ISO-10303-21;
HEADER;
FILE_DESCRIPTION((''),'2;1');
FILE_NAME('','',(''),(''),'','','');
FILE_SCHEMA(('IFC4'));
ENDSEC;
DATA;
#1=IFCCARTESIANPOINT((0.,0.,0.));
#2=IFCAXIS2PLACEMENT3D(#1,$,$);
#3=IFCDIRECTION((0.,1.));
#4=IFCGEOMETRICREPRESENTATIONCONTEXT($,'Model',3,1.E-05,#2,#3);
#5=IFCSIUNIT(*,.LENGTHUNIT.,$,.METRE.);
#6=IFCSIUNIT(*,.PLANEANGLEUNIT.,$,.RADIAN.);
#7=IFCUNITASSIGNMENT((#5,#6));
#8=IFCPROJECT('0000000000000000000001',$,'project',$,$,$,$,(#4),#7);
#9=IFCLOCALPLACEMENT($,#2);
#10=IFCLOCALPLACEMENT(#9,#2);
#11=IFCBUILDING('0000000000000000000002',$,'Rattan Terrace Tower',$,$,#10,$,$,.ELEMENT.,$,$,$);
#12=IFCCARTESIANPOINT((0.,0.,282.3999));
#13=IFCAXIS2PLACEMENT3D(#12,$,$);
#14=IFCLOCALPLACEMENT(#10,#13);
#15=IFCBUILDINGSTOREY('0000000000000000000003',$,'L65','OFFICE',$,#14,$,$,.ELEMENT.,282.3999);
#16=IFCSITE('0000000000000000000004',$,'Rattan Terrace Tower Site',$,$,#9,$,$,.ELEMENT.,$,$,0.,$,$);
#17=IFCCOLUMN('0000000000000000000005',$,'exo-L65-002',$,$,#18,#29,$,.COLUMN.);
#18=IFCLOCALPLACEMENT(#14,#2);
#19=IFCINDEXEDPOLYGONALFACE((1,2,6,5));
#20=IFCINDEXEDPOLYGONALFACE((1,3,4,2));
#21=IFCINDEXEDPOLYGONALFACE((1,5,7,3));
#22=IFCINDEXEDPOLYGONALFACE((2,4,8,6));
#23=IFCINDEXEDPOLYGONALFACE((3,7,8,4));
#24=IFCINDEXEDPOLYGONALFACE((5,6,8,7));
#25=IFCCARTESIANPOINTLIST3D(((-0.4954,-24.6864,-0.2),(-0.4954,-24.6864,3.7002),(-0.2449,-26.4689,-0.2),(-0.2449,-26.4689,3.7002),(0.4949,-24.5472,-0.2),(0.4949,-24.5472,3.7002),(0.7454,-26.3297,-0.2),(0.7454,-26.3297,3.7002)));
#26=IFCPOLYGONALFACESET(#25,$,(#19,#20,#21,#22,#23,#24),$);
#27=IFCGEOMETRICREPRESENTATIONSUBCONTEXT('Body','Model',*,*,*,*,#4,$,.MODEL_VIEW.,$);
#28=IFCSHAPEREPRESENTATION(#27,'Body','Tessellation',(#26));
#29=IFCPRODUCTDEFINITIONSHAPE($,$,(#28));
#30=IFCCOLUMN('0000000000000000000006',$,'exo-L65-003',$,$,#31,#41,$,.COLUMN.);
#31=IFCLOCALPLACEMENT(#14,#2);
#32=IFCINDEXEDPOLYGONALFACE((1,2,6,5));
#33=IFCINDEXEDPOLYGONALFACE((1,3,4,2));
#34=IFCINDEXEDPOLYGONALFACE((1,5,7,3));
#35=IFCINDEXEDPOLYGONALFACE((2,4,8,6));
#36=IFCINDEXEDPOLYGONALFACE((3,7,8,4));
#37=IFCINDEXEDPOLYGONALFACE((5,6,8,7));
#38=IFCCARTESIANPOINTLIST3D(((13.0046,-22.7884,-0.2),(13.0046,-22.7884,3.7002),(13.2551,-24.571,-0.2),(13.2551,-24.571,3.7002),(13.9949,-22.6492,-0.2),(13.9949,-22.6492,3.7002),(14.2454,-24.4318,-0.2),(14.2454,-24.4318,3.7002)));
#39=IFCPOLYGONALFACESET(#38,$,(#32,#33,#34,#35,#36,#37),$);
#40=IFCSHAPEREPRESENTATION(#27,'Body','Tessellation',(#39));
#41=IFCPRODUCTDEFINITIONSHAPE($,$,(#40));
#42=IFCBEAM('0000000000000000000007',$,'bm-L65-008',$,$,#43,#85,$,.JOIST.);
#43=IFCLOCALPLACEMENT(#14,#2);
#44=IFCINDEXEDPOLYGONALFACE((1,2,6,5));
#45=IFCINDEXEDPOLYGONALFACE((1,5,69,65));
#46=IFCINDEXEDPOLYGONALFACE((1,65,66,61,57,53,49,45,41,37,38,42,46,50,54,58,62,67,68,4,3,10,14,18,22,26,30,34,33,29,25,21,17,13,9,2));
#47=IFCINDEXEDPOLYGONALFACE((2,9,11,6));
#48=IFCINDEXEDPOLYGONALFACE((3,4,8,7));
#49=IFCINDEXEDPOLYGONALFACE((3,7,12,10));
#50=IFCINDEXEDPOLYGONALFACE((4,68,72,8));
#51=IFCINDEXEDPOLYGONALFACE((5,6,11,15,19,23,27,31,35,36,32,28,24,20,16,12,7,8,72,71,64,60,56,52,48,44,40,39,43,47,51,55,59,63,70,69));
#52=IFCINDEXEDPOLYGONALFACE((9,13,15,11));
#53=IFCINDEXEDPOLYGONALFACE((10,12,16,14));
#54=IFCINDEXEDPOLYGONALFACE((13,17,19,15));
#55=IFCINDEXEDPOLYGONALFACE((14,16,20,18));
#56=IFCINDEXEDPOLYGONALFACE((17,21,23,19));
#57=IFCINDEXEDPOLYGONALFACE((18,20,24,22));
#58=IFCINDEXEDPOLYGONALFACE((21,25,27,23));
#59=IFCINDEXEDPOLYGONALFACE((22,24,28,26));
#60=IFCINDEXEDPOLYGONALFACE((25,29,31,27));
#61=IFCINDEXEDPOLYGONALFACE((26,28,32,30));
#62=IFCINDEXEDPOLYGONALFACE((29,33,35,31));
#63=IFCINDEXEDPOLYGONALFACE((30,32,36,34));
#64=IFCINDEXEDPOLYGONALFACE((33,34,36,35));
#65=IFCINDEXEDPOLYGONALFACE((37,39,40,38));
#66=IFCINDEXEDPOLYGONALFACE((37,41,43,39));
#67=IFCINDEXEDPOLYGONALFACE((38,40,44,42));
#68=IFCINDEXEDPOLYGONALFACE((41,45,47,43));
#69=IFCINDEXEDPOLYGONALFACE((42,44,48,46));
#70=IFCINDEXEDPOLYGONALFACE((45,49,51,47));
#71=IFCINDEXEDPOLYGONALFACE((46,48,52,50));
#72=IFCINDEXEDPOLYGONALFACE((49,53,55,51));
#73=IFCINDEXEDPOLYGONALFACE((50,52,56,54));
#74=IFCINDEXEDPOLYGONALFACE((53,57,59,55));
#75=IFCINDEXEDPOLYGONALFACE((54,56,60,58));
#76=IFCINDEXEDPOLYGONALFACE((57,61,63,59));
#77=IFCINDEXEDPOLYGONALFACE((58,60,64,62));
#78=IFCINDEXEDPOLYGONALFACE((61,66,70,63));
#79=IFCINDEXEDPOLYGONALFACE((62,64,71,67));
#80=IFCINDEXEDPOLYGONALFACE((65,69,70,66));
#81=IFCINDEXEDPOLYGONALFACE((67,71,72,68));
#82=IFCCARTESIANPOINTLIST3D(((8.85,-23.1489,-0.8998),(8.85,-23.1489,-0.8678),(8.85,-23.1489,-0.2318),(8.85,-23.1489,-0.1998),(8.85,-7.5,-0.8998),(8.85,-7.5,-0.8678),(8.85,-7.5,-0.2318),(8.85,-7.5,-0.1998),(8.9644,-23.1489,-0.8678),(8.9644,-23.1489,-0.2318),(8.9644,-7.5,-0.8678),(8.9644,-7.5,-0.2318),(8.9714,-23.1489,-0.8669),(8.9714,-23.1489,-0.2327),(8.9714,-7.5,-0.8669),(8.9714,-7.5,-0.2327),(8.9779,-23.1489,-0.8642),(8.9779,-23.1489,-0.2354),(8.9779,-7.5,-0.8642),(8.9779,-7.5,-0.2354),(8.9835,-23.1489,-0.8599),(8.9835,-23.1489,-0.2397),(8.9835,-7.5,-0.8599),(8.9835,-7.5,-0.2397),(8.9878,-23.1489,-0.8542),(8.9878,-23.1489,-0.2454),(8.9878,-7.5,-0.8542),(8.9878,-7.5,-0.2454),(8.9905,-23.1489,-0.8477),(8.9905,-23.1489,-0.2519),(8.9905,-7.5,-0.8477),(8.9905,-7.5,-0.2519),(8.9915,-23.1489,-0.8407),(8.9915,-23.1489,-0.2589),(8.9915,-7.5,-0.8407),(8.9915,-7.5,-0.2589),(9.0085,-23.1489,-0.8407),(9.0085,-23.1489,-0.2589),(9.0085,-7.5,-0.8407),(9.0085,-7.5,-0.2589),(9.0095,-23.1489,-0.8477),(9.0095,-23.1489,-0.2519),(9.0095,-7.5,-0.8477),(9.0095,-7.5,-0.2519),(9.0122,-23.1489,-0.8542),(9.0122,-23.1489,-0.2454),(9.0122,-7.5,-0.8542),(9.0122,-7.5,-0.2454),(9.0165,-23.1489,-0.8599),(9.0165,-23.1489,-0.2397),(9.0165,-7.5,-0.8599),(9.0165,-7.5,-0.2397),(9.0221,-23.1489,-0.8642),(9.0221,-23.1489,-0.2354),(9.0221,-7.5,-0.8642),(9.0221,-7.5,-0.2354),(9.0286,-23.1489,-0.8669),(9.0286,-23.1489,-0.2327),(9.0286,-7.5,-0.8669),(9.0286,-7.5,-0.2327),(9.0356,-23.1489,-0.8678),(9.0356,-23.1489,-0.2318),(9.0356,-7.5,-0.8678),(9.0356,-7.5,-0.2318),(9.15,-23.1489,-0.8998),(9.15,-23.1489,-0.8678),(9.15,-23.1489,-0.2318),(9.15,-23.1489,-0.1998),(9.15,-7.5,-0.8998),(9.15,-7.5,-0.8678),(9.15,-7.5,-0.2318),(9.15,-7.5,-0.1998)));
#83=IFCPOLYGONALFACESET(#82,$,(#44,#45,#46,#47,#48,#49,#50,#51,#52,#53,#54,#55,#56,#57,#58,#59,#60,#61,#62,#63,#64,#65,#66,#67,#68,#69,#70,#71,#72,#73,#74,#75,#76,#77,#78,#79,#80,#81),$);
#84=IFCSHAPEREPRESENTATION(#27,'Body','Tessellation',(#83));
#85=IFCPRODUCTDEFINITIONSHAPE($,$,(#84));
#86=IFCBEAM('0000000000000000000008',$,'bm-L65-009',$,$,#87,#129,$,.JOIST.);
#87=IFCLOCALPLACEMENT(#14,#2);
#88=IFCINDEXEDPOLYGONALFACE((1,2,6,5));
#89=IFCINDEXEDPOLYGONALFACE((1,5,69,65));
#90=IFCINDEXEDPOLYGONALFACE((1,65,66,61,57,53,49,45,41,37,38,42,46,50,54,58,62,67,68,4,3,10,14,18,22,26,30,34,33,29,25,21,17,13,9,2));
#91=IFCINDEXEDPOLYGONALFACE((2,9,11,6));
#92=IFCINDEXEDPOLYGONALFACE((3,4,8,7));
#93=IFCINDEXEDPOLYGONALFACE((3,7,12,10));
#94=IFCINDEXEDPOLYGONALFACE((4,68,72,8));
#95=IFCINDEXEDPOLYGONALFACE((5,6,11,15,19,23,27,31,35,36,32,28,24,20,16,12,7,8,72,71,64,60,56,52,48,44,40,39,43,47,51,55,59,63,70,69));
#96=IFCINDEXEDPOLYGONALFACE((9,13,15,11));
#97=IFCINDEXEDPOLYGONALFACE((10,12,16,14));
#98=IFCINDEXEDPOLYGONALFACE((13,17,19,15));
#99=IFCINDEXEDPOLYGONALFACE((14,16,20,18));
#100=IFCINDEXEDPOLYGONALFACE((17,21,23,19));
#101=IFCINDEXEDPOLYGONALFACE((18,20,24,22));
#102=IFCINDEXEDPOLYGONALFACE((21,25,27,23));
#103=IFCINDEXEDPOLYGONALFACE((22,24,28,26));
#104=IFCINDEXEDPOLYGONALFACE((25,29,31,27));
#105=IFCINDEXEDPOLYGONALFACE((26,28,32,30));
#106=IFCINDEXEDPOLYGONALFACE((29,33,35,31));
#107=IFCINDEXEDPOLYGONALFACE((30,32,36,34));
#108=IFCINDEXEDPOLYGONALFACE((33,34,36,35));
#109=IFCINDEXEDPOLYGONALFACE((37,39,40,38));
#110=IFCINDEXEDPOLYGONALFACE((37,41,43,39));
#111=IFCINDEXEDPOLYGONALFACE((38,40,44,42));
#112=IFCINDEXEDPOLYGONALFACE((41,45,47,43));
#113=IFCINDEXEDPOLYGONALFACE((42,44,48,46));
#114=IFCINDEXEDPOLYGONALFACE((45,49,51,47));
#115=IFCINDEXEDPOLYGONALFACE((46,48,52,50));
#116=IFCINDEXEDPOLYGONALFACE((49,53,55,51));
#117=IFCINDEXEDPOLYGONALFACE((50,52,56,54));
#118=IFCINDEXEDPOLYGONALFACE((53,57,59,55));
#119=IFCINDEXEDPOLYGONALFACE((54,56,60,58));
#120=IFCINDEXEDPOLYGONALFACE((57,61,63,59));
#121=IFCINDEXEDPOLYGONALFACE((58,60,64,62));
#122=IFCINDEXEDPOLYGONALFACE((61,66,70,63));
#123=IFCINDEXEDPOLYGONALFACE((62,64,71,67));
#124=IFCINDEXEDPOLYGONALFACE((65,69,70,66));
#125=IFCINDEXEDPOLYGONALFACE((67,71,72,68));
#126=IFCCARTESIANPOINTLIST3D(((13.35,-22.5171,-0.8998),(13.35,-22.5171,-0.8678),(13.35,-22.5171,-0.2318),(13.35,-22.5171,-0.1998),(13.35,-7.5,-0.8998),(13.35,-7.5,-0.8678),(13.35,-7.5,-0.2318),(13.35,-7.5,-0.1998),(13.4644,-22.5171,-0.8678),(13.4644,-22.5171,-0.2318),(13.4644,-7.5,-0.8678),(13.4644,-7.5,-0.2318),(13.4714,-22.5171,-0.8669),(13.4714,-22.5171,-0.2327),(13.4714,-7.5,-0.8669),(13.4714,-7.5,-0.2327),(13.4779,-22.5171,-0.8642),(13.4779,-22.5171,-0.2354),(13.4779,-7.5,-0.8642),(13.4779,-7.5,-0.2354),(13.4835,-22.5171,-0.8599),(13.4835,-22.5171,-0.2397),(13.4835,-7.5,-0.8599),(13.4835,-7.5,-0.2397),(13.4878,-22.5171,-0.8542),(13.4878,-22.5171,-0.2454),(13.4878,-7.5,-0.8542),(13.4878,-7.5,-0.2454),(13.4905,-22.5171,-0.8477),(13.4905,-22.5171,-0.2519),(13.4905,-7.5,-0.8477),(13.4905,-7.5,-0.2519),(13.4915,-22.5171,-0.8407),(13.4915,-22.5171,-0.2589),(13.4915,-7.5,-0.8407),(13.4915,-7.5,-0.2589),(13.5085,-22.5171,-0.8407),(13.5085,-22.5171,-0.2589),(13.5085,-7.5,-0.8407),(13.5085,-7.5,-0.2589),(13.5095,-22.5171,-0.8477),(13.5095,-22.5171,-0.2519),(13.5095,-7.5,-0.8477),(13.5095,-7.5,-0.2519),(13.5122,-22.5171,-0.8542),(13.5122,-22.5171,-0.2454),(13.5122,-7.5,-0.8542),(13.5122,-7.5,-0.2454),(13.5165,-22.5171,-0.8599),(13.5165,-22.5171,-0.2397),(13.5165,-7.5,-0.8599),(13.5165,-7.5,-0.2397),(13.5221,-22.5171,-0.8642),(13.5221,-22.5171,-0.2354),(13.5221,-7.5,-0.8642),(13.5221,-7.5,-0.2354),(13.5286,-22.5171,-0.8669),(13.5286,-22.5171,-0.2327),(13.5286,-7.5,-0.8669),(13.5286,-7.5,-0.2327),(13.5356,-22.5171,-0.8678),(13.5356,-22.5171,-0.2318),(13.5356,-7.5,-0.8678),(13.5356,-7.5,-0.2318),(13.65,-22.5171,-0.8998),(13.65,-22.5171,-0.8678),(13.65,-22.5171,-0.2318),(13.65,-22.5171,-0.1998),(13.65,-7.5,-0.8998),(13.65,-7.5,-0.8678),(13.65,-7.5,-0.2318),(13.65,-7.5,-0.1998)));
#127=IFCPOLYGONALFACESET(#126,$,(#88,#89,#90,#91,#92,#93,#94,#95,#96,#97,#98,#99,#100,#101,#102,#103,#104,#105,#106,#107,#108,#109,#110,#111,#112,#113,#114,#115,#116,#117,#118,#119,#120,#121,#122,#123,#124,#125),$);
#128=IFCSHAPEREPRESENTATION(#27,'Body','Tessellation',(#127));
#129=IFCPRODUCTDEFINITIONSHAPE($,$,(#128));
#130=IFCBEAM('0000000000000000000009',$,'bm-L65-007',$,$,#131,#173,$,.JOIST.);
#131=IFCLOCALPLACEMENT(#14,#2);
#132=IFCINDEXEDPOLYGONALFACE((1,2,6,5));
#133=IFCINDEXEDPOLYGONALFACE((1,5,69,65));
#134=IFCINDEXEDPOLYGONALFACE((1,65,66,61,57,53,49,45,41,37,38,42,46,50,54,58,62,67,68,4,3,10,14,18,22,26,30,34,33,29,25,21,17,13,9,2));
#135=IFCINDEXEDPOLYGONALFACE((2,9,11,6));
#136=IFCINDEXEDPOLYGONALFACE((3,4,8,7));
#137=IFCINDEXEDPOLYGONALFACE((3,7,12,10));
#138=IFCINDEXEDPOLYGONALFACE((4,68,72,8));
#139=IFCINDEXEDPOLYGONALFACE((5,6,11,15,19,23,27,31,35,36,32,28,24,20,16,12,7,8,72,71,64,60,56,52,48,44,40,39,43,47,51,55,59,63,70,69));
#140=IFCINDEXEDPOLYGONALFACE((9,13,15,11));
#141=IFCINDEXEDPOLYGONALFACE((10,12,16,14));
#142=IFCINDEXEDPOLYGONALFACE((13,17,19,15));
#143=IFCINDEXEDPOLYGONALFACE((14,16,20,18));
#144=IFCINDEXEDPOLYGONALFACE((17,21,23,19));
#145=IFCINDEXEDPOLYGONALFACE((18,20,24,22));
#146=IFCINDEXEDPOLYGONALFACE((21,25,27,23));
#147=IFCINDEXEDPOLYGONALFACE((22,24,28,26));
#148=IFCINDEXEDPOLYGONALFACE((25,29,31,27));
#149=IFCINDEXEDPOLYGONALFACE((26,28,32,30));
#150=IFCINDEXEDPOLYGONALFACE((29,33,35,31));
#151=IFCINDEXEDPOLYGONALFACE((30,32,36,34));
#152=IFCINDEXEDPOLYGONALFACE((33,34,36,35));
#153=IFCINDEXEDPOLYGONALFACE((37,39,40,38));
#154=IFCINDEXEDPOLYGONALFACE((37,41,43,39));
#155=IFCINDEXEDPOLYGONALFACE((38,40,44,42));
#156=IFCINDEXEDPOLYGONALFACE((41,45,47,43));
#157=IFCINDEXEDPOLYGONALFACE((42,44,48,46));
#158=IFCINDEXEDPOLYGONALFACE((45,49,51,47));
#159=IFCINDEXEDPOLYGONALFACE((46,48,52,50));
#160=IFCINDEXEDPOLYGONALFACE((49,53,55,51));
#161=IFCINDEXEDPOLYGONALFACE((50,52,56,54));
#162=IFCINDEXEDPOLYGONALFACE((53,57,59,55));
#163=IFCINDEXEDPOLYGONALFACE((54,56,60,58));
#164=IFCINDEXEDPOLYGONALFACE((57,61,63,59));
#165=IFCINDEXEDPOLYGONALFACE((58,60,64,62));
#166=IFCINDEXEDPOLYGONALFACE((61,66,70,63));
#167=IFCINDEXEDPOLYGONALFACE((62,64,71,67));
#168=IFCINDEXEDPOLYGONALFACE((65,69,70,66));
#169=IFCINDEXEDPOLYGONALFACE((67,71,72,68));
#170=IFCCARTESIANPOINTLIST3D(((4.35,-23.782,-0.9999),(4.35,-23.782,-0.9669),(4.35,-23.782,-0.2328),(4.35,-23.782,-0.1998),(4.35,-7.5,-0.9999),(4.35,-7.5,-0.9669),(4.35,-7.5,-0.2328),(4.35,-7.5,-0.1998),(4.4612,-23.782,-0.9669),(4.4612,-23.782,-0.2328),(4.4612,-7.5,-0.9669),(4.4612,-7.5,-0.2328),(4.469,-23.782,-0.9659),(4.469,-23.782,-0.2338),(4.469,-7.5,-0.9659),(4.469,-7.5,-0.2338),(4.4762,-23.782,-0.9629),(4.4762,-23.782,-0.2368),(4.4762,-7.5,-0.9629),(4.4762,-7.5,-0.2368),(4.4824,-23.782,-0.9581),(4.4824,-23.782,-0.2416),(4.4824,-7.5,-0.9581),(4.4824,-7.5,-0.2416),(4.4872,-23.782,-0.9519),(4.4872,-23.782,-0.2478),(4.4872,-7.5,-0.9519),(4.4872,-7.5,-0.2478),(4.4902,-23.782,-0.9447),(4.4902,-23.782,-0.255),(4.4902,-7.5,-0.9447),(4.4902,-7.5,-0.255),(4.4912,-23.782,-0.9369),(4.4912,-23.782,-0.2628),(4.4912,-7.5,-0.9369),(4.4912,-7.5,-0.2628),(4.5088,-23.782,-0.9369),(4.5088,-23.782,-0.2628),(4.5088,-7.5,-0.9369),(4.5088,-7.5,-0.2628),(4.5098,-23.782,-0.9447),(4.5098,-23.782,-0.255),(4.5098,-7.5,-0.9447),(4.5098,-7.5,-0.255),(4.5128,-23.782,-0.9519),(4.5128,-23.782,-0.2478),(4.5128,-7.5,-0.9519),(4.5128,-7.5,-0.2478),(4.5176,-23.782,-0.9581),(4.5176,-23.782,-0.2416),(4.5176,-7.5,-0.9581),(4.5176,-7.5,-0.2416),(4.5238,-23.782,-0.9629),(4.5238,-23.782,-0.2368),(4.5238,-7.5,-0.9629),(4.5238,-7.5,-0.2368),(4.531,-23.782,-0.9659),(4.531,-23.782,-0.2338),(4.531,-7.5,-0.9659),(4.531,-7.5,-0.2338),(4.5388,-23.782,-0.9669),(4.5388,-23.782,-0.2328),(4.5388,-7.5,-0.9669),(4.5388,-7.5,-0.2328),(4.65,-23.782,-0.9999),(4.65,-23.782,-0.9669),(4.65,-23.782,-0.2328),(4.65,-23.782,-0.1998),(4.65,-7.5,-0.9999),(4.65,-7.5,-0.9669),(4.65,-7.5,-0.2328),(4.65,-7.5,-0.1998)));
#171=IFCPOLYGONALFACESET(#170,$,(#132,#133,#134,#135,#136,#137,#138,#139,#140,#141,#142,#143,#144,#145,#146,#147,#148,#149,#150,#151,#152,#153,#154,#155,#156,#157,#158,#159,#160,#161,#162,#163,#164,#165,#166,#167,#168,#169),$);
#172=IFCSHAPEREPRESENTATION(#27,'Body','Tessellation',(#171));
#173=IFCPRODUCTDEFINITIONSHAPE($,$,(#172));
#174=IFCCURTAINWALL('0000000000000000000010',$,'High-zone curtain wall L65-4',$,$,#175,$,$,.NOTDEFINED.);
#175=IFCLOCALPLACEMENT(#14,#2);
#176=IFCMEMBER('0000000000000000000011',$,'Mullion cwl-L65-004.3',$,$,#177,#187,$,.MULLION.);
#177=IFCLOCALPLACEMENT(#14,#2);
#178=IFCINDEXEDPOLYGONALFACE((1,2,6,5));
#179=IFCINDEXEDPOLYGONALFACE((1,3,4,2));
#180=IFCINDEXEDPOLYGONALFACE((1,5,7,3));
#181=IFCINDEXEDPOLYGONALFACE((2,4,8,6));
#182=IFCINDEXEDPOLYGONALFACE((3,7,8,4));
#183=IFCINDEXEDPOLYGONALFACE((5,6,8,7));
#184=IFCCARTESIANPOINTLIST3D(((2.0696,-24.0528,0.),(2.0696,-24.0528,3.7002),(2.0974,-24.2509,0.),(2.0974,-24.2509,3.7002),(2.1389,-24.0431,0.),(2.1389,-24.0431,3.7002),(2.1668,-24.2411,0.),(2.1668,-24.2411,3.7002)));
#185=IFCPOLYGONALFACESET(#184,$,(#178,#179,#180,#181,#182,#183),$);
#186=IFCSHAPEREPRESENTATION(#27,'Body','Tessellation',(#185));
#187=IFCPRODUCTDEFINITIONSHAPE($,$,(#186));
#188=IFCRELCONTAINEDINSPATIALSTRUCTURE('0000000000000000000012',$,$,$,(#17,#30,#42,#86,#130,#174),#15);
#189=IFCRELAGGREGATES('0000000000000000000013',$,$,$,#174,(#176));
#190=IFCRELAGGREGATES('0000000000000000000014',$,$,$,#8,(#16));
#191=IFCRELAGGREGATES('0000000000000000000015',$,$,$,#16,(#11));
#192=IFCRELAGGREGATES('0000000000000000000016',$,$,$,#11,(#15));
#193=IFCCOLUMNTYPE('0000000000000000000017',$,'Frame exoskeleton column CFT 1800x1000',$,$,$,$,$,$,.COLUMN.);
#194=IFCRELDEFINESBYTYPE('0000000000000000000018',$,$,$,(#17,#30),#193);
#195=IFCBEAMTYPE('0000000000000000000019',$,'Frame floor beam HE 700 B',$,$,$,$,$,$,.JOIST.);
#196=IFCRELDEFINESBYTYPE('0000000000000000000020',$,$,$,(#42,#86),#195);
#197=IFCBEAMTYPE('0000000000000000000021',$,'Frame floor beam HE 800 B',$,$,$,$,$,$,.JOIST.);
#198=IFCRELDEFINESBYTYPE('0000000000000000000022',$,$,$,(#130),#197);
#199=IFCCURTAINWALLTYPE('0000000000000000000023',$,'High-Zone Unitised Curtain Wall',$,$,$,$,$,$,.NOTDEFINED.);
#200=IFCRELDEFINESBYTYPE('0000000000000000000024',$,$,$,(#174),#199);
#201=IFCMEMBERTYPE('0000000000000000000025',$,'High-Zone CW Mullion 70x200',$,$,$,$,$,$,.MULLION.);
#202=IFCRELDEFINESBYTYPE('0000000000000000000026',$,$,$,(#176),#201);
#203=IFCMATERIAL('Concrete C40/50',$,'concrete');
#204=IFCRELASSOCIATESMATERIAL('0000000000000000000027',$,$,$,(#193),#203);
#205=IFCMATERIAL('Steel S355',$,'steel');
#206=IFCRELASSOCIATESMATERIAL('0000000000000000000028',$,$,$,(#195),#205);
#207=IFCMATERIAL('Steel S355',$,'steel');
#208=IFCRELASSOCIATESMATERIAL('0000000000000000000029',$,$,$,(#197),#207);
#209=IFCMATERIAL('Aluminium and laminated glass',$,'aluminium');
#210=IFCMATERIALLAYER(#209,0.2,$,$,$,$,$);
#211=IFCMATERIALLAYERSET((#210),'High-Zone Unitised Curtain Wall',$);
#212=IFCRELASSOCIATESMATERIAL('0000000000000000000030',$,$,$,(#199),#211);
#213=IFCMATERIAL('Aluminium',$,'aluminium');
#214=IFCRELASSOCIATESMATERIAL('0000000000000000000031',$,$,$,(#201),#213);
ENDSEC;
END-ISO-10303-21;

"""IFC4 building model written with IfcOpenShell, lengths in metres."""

from ifc_helpers import new_model, si_unit, direction, frame, origin, origin_2d, place, context, subcontext, project, spatial, rectangle, i_section, extrude, material, layer, layer_set, material_profile, profile_set, type_object, element, aggregate, save


model = new_model("IFC4")

# Units and contexts
model_context = context("Model", 3, precision=1e-05, world=origin(), true_north=direction((0.0, 1.0)))
body_context = subcontext(model_context, "Body", "Model", "MODEL_VIEW")
ifc_project = project(units=[si_unit("LENGTHUNIT", "METRE"), si_unit("PLANEANGLEUNIT", "RADIAN")], contexts=[model_context])

# Site, building, storey
site_placement = place(None, origin())
site = spatial("IfcSite", under=ifc_project, at=site_placement, Name="Rattan Terrace Tower Site", CompositionType="ELEMENT", RefElevation=0.0)
building_placement = place(site_placement, origin())
building = spatial("IfcBuilding", under=site, at=building_placement, Name="Rattan Terrace Tower", CompositionType="ELEMENT")
storey_placement = place(building_placement, frame((0.0, 0.0, 282.3999)))
storey = spatial("IfcBuildingStorey", under=building, at=storey_placement, Name="L65", Description="OFFICE", CompositionType="ELEMENT", Elevation=282.3999)

# Columns
ifc_material_1 = material(Name="Concrete C40/50", Category="concrete")
ifc_material_profile_1 = material_profile(ifc_material_1, rectangle(XDim=1.0, YDim=1.8, at=origin_2d()), Name="CFT 1800x1000")
ifc_profile_set_1 = profile_set([ifc_material_profile_1], Name="Concrete C40/50")
column_type = type_object("IfcColumnType", Name="Frame exoskeleton column CFT 1800x1000", PredefinedType="COLUMN", material=ifc_profile_set_1)
for number, where, z_axis, x_axis, name in (
    (1, (0.125, -25.5081, -0.2), (0.0, 0.0, 1.0), (0.990266, 0.13919, 0.0), "exo-L65-002"),
    (2, (13.625, -23.6101, -0.2), (0.0, 0.0, 1.0), (0.990266, 0.13919, 0.0), "exo-L65-003"),
):
    element("IfcColumn", number, at=place(storey_placement, frame(where, z_axis=z_axis, x_axis=x_axis)), inside=storey, type_object=column_type, Name=name, PredefinedType="COLUMN", context=body_context, shape_type="SweptSolid", body=[
        extrude(rectangle(XDim=1.0, YDim=1.8, at=origin_2d()), origin(), (0.0, 0.0, 1.0), 3.9001),
    ])

# Beams
ifc_material_2 = material(Name="Steel S355", Category="steel")
ifc_material_profile_2 = material_profile(ifc_material_2, i_section(OverallWidth=0.3, OverallDepth=0.7, WebThickness=0.0171, FlangeThickness=0.032, FilletRadius=0.0271, at=origin_2d()), Name="HE 700 B")
ifc_profile_set_2 = profile_set([ifc_material_profile_2], Name="Steel S355")
beam_type_1 = type_object("IfcBeamType", Name="Frame floor beam HE 700 B", PredefinedType="JOIST", material=ifc_profile_set_2)
beam_1_placement = place(storey_placement, frame((9.0, -23.1489, -0.5498), z_axis=(0.0, 1.0, 0.0), x_axis=(-1.0, 0.0, 0.0)))
element("IfcBeam", 3, at=beam_1_placement, inside=storey, type_object=beam_type_1, Name="bm-L65-008", PredefinedType="JOIST", context=body_context, shape_type="SweptSolid", body=[
    extrude(i_section(OverallWidth=0.3, OverallDepth=0.7, WebThickness=0.0171, FlangeThickness=0.032, FilletRadius=0.0271, at=origin_2d()), origin(), (0.0, 0.0, 1.0), 15.6489),
])
beam_2_placement = place(storey_placement, frame((13.5, -22.5171, -0.5498), z_axis=(0.0, 1.0, 0.0), x_axis=(-1.0, 0.0, 0.0)))
element("IfcBeam", 4, at=beam_2_placement, inside=storey, type_object=beam_type_1, Name="bm-L65-009", PredefinedType="JOIST", context=body_context, shape_type="SweptSolid", body=[
    extrude(i_section(OverallWidth=0.3, OverallDepth=0.7, WebThickness=0.0171, FlangeThickness=0.032, FilletRadius=0.0271, at=origin_2d()), origin(), (0.0, 0.0, 1.0), 15.0171),
])
ifc_material_3 = material(Name="Steel S355", Category="steel")
ifc_material_profile_3 = material_profile(ifc_material_3, i_section(OverallWidth=0.3, OverallDepth=0.8, WebThickness=0.0176, FlangeThickness=0.033, FilletRadius=0.03, at=origin_2d()), Name="HE 800 B")
ifc_profile_set_3 = profile_set([ifc_material_profile_3], Name="Steel S355")
beam_type_2 = type_object("IfcBeamType", Name="Frame floor beam HE 800 B", PredefinedType="JOIST", material=ifc_profile_set_3)
beam_3_placement = place(storey_placement, frame((4.5, -23.782, -0.5999), z_axis=(0.0, 1.0, 0.0), x_axis=(-1.0, 0.0, 0.0)))
element("IfcBeam", 5, at=beam_3_placement, inside=storey, type_object=beam_type_2, Name="bm-L65-007", PredefinedType="JOIST", context=body_context, shape_type="SweptSolid", body=[
    extrude(i_section(OverallWidth=0.3, OverallDepth=0.8, WebThickness=0.0176, FlangeThickness=0.033, FilletRadius=0.03, at=origin_2d()), origin(), (0.0, 0.0, 1.0), 16.282),
])

# Curtain wall, member
ifc_material_4 = material(Name="Aluminium and laminated glass", Category="aluminium")
ifc_layer_1 = layer(ifc_material_4, 0.2)
ifc_layer_set_1 = layer_set([ifc_layer_1], Name="High-Zone Unitised Curtain Wall")
curtain_wall_type = type_object("IfcCurtainWallType", Name="High-Zone Unitised Curtain Wall", PredefinedType="NOTDEFINED", material=ifc_layer_set_1)
curtain_wall_placement = place(storey_placement, origin())
curtain_wall = element("IfcCurtainWall", 6, at=curtain_wall_placement, inside=storey, type_object=curtain_wall_type, Name="High-zone curtain wall L65-4", PredefinedType="NOTDEFINED")
ifc_material_5 = material(Name="Aluminium", Category="aluminium")
ifc_material_profile_4 = material_profile(ifc_material_5, rectangle(XDim=0.0701, YDim=0.2, at=origin_2d()), Name="Aluminium 70x200")
ifc_profile_set_4 = profile_set([ifc_material_profile_4], Name="Aluminium")
member_type_1 = type_object("IfcMemberType", Name="High-Zone CW Mullion 70x200", PredefinedType="MULLION", material=ifc_profile_set_4)
member_1_placement = place(storey_placement, frame((2.1182, -24.147, 0.0), z_axis=(0.0, 0.0, 1.0), x_axis=(0.990266, 0.139189, 0.0)))
member_1 = element("IfcMember", 7, at=member_1_placement, type_object=member_type_1, Name="Mullion cwl-L65-004.3", PredefinedType="MULLION", context=body_context, shape_type="SweptSolid", body=[
    extrude(rectangle(XDim=0.0701, YDim=0.2, at=origin_2d()), origin(), (0.0, 0.0, 1.0), 3.7002),
])
aggregate(curtain_wall, [member_1])

save(model, "model.ifc")
